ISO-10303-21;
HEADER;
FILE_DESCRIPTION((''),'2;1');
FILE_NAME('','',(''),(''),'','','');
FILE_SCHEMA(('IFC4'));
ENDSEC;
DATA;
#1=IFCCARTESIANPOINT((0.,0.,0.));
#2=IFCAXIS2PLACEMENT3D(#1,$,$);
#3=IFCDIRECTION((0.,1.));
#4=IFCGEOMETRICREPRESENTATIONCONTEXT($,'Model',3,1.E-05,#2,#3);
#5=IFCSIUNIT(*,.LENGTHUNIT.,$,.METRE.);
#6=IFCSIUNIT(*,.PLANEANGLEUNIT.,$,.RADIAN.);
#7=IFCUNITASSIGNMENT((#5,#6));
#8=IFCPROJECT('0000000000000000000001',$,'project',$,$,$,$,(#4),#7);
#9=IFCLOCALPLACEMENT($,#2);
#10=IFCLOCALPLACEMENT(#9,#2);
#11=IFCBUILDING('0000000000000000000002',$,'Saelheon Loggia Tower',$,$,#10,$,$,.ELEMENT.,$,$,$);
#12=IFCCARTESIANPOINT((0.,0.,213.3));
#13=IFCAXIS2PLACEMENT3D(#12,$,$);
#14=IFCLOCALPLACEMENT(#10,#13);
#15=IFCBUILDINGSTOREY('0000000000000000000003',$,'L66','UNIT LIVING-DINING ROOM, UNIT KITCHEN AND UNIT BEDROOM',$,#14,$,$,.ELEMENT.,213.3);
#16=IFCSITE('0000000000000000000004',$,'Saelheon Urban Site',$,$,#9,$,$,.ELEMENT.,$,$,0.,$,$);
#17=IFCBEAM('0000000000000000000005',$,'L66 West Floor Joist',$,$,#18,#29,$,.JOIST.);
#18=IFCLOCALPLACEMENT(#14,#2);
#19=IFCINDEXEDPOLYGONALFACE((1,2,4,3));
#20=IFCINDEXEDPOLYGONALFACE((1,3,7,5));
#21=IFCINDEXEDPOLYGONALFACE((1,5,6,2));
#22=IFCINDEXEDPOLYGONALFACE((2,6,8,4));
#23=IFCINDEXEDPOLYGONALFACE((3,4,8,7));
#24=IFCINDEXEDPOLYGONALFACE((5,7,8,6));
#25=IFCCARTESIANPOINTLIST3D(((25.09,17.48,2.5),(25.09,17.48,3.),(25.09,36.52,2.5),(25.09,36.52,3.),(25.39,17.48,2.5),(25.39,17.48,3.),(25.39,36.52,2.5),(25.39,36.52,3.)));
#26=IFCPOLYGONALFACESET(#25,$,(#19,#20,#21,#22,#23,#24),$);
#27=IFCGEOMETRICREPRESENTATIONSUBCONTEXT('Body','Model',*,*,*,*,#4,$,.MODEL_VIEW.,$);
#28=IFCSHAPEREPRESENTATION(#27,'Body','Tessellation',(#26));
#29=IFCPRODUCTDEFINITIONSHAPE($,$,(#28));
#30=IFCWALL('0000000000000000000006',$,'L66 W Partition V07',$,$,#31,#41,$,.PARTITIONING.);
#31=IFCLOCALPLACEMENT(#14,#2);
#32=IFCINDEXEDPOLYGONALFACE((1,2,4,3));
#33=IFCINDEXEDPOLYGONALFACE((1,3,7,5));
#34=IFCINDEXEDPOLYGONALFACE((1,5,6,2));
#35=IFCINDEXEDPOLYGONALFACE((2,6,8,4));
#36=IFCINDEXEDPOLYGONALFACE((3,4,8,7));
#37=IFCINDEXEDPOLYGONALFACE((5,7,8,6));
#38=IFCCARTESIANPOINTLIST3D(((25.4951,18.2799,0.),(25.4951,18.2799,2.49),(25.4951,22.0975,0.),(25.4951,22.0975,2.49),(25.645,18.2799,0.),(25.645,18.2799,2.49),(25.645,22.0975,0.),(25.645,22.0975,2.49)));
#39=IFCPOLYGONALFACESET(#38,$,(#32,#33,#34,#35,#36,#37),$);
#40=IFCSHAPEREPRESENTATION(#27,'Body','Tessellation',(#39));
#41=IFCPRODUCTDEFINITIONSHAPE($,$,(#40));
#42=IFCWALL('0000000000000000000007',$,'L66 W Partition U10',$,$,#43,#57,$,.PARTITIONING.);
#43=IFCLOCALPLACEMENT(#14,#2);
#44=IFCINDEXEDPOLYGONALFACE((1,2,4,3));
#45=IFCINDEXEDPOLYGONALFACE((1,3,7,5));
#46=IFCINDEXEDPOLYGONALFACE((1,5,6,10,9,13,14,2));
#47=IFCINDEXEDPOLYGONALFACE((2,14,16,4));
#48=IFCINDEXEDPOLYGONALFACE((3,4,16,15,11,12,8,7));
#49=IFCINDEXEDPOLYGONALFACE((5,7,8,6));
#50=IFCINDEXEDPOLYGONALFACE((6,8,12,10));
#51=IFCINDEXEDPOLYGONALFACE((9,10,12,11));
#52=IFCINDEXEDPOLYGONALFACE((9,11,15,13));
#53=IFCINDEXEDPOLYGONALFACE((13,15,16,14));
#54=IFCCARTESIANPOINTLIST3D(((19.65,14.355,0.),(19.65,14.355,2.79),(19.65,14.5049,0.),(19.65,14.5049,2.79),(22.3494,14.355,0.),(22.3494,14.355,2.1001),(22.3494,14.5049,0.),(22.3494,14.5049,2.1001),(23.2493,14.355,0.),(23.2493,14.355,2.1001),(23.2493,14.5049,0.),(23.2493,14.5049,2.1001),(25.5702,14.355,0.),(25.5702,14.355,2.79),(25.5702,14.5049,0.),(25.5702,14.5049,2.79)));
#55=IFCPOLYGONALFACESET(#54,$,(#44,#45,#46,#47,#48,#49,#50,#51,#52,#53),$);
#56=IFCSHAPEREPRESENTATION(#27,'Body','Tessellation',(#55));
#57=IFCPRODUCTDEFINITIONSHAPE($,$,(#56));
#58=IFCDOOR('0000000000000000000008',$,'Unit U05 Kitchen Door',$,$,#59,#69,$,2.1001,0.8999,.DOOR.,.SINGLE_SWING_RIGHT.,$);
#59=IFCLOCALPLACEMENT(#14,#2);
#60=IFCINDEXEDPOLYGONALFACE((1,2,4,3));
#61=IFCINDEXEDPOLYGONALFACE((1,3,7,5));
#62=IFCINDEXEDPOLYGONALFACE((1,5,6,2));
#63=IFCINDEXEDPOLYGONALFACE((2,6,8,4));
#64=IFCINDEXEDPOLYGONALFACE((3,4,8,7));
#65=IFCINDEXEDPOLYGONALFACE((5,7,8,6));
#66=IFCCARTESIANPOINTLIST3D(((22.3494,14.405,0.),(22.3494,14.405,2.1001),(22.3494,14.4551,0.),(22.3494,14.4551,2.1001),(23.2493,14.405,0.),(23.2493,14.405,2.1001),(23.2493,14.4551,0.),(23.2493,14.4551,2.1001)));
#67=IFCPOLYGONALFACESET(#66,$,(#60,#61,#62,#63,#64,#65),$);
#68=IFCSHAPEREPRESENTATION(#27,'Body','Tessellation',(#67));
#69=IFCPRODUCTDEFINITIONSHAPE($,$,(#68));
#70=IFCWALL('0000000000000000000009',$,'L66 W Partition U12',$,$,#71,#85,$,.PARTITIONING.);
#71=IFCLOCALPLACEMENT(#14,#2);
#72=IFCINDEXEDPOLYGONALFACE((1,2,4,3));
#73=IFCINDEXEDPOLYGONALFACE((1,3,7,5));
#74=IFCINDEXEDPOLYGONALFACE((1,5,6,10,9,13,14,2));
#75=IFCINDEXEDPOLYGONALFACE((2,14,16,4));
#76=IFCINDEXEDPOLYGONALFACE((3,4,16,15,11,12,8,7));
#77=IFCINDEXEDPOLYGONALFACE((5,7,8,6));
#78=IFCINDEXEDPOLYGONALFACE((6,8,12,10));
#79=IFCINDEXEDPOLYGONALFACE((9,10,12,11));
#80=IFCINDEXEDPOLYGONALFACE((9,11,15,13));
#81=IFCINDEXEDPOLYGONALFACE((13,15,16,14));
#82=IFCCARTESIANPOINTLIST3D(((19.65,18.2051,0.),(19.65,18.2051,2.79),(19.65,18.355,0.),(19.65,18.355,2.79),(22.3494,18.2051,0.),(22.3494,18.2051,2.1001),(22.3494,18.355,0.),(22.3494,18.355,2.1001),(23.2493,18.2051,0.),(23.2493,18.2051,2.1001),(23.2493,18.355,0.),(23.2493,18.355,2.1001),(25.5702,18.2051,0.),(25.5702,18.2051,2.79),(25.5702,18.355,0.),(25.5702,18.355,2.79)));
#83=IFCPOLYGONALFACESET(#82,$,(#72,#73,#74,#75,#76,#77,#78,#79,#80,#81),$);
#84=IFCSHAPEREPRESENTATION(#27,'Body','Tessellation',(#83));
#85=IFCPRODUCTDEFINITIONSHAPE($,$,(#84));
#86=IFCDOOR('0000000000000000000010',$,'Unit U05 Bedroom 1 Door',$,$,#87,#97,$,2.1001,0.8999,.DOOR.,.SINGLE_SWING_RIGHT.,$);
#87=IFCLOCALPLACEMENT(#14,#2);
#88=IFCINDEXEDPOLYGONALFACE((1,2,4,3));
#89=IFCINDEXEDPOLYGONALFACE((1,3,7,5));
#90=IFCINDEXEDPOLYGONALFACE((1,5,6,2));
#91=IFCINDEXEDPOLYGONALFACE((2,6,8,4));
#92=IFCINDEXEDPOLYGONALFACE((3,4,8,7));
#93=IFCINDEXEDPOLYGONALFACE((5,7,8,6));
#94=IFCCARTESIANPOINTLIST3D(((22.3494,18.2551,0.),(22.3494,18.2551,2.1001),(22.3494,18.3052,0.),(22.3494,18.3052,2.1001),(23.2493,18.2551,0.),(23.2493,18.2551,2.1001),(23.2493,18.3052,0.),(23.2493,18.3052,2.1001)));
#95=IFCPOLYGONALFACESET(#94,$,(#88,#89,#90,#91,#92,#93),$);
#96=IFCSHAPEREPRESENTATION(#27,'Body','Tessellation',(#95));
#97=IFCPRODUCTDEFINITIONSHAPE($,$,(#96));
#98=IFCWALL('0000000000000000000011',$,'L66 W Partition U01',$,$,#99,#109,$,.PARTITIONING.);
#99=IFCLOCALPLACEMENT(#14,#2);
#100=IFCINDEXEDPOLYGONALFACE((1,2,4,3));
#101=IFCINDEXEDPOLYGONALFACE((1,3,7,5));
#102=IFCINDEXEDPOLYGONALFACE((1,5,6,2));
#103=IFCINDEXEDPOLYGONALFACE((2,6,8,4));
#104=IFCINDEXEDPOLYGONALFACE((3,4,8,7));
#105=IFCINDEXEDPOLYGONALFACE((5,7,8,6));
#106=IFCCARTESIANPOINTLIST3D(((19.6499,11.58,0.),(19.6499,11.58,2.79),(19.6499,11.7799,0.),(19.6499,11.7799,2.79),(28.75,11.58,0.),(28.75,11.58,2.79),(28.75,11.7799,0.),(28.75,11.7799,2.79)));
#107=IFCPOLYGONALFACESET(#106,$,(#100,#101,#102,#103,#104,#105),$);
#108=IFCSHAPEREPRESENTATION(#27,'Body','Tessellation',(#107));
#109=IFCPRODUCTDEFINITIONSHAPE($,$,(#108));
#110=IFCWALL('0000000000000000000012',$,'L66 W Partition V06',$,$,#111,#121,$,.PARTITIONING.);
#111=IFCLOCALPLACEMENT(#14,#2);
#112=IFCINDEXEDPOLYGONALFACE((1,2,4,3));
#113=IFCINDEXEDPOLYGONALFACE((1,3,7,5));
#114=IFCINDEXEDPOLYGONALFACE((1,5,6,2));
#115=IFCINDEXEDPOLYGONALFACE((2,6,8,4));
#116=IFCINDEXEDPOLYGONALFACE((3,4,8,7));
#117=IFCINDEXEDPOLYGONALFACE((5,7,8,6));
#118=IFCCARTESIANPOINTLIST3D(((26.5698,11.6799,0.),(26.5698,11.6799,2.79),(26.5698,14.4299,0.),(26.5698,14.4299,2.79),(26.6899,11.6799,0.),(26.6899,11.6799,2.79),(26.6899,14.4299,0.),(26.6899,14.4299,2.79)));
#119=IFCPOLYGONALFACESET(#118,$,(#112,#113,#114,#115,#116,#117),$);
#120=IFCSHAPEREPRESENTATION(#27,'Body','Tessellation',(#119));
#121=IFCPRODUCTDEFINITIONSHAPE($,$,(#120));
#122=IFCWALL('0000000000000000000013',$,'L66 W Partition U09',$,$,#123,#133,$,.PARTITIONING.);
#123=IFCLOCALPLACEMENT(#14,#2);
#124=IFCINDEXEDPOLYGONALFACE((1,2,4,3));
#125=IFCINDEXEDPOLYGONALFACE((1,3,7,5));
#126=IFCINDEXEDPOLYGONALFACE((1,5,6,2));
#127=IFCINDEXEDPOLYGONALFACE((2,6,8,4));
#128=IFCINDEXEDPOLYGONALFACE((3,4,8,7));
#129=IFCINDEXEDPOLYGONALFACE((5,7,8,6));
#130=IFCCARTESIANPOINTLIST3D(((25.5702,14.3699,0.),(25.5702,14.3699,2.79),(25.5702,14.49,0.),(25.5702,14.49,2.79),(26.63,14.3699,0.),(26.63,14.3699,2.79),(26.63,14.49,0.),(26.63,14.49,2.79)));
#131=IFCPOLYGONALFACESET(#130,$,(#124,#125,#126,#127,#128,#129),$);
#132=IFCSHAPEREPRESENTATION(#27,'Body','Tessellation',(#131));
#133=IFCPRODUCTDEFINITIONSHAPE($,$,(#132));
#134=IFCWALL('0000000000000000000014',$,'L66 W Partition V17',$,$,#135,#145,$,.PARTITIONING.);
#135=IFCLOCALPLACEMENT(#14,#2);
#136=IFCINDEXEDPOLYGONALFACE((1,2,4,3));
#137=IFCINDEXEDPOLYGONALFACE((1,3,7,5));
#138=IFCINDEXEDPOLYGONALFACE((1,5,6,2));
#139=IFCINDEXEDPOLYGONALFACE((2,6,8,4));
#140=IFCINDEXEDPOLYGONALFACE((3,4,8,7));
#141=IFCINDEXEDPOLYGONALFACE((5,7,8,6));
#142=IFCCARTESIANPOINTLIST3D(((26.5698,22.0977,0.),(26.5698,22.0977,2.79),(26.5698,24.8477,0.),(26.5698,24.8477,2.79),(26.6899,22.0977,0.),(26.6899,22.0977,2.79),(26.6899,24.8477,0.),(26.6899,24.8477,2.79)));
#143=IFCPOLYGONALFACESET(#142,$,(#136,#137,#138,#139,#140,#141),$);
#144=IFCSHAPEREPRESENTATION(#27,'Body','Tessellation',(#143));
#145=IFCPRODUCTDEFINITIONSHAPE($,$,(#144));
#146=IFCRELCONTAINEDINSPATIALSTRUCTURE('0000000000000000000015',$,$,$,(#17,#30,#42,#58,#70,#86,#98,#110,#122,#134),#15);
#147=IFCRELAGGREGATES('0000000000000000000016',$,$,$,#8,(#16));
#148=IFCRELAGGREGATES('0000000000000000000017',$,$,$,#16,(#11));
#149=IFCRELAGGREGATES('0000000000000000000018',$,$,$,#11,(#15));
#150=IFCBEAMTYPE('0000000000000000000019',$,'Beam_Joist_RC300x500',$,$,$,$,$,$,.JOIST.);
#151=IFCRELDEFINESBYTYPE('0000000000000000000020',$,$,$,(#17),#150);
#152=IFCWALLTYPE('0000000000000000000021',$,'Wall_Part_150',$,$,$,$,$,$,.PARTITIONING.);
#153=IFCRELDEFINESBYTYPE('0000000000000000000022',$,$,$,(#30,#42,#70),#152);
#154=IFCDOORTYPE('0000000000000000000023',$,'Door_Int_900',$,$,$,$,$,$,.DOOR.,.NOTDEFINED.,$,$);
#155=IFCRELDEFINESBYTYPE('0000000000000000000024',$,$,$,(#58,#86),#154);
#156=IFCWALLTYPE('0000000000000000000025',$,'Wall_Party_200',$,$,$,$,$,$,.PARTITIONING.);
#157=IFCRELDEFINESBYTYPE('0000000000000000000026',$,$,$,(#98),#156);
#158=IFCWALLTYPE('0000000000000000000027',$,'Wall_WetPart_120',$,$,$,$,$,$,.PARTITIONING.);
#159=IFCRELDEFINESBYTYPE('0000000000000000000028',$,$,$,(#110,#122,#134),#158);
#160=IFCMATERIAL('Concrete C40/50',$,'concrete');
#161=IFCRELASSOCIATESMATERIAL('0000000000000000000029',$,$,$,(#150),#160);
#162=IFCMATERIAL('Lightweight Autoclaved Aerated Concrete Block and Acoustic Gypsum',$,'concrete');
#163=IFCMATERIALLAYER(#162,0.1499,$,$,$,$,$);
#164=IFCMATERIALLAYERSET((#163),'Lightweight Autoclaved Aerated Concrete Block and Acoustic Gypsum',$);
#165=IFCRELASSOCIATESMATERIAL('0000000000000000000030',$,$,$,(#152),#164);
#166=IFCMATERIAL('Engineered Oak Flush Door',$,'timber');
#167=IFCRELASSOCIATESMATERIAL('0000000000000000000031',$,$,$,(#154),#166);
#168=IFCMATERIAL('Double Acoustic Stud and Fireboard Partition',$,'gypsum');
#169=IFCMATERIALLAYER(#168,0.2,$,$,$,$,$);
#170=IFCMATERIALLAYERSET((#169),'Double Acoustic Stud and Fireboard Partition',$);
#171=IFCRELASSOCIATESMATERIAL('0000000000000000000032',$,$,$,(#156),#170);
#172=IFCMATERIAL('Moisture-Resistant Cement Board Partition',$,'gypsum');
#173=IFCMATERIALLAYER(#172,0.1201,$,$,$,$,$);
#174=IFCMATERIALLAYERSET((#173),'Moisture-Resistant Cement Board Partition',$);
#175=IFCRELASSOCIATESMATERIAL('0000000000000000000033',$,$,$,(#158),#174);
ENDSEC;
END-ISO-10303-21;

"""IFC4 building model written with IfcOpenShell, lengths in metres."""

from ifc_helpers import new_model, si_unit, direction, frame, frame_2d, origin, origin_2d, place, context, subcontext, project, spatial, rectangle, extrude, source, transform, mapped, material, layer, layer_set, material_profile, profile_set, type_object, element, fill, save


model = new_model("IFC4")

# Units and contexts
model_context = context("Model", 3, precision=1e-05, world=origin(), true_north=direction((0.0, 1.0)))
body_context = subcontext(model_context, "Body", "Model", "MODEL_VIEW")
ifc_project = project(units=[si_unit("LENGTHUNIT", "METRE"), si_unit("PLANEANGLEUNIT", "RADIAN")], contexts=[model_context])

# Site, building, storey
site_placement = place(None, origin())
site = spatial("IfcSite", under=ifc_project, at=site_placement, Name="Saelheon Urban Site", CompositionType="ELEMENT", RefElevation=0.0)
building_placement = place(site_placement, origin())
building = spatial("IfcBuilding", under=site, at=building_placement, Name="Saelheon Loggia Tower", CompositionType="ELEMENT")
storey_placement = place(building_placement, frame((0.0, 0.0, 213.3)))
storey = spatial("IfcBuildingStorey", under=building, at=storey_placement, Name="L66", Description="UNIT LIVING-DINING ROOM, UNIT KITCHEN AND UNIT BEDROOM", CompositionType="ELEMENT", Elevation=213.3)

# Beam
ifc_material_1 = material(Name="Concrete C40/50", Category="concrete")
ifc_material_profile = material_profile(ifc_material_1, rectangle(XDim=0.3, YDim=0.5, at=origin_2d()), Name="RC-300x500")
ifc_profile_set = profile_set([ifc_material_profile], Name="Concrete C40/50")
beam_type = type_object("IfcBeamType", Name="Beam_Joist_RC300x500", PredefinedType="JOIST", material=ifc_profile_set)
shared_shape_1 = source(origin(), body_context, "Body", "SweptSolid", [
    extrude(rectangle(XDim=0.3, YDim=0.5, at=origin_2d()), origin(), (0.0, 0.0, 1.0), 19.04),
])
beam_placement = place(storey_placement, frame((25.24, 17.48, 2.75), z_axis=(0.0, 1.0, 0.0), x_axis=(-1.0, 0.0, 0.0)))
element("IfcBeam", 1, at=beam_placement, inside=storey, type_object=beam_type, Name="L66 West Floor Joist", PredefinedType="JOIST", context=body_context, shape_type="MappedRepresentation", body=[
    mapped(shared_shape_1, transform((0.0, 0.0, 0.0), scale=1.0)),
])

# Wall
ifc_material_2 = material(Name="Lightweight Autoclaved Aerated Concrete Block and Acoustic Gypsum", Category="concrete")
ifc_layer_1 = layer(ifc_material_2, 0.1499)
ifc_layer_set_1 = layer_set([ifc_layer_1], Name="Lightweight Autoclaved Aerated Concrete Block and Acoustic Gypsum")
wall_type_1 = type_object("IfcWallType", Name="Wall_Part_150", PredefinedType="PARTITIONING", material=ifc_layer_set_1)
wall_1_placement = place(storey_placement, frame((25.5701, 18.28, 0.0), z_axis=(0.0, 0.0, 1.0), x_axis=(0.0, 1.0, 0.0)))
element("IfcWall", 2, at=wall_1_placement, inside=storey, type_object=wall_type_1, Name="L66 W Partition V07", PredefinedType="PARTITIONING", context=body_context, shape_type="SweptSolid", body=[
    extrude(rectangle(XDim=3.8176, YDim=0.1499, at=frame_2d((1.9087, 0.0))), origin(), (0.0, 0.0, 1.0), 2.49),
])

# Walls, openings, doors
wall_2_placement = place(storey_placement, frame((25.5701, 14.4299, 0.0), z_axis=(0.0, 0.0, 1.0), x_axis=(-1.0, 0.0, 0.0)))
wall_2 = element("IfcWall", 3, at=wall_2_placement, inside=storey, type_object=wall_type_1, Name="L66 W Partition U10", PredefinedType="PARTITIONING", context=body_context, shape_type="SweptSolid", body=[
    extrude(rectangle(XDim=5.9202, YDim=0.1499, at=frame_2d((2.96, 0.0))), origin(), (0.0, 0.0, 1.0), 2.79),
])
opening_1_placement = place(wall_2_placement, frame((2.3208, 0.0, 0.0)))
opening_1 = element("IfcOpeningElement", 4, at=opening_1_placement, cuts=wall_2, PredefinedType="OPENING", context=body_context, shape_type="SweptSolid", body=[
    extrude(rectangle(XDim=0.8999, YDim=2.1001, at=frame_2d((0.45, 1.05))), frame((0.0, 0.0869, 0.0), z_axis=(0.0, -1.0, 0.0), x_axis=(1.0, 0.0, 0.0)), (0.0, 0.0, 1.0), 0.1738),
])
ifc_material_3 = material(Name="Engineered Oak Flush Door", Category="timber")
door_type = type_object("IfcDoorType", Name="Door_Int_900", OperationType="NOTDEFINED", PredefinedType="DOOR", material=ifc_material_3)
shared_shape_2 = source(origin(), body_context, "Body", "SweptSolid", [
    extrude(rectangle(XDim=0.8999, YDim=2.1001, at=frame_2d((0.45, 1.05))), frame((0.0, 0.0249, 0.0), z_axis=(0.0, -1.0, 0.0), x_axis=(1.0, 0.0, 0.0)), (0.0, 0.0, 1.0), 0.05),
])
door_1_placement = place(opening_1_placement, origin())
door_1 = element("IfcDoor", 5, at=door_1_placement, inside=storey, type_object=door_type, Name="Unit U05 Kitchen Door", OperationType="SINGLE_SWING_RIGHT", OverallHeight=2.1001, OverallWidth=0.8999, PredefinedType="DOOR", context=body_context, shape_type="MappedRepresentation", body=[
    mapped(shared_shape_2, transform((0.0, 0.0, 0.0), scale=1.0)),
])
fill(opening_1, door_1)
wall_3_placement = place(storey_placement, frame((25.5701, 18.28, 0.0), z_axis=(0.0, 0.0, 1.0), x_axis=(-1.0, 0.0, 0.0)))
wall_3 = element("IfcWall", 6, at=wall_3_placement, inside=storey, type_object=wall_type_1, Name="L66 W Partition U12", PredefinedType="PARTITIONING", context=body_context, shape_type="SweptSolid", body=[
    extrude(rectangle(XDim=5.9202, YDim=0.1499, at=frame_2d((2.96, 0.0))), origin(), (0.0, 0.0, 1.0), 2.79),
])
opening_2_placement = place(wall_3_placement, frame((2.3208, 0.0, 0.0)))
opening_2 = element("IfcOpeningElement", 7, at=opening_2_placement, cuts=wall_3, PredefinedType="OPENING", context=body_context, shape_type="SweptSolid", body=[
    extrude(rectangle(XDim=0.8999, YDim=2.1001, at=frame_2d((0.45, 1.05))), frame((0.0, 0.0869, 0.0), z_axis=(0.0, -1.0, 0.0), x_axis=(1.0, 0.0, 0.0)), (0.0, 0.0, 1.0), 0.1738),
])
door_2_placement = place(opening_2_placement, origin())
door_2 = element("IfcDoor", 8, at=door_2_placement, inside=storey, type_object=door_type, Name="Unit U05 Bedroom 1 Door", OperationType="SINGLE_SWING_RIGHT", OverallHeight=2.1001, OverallWidth=0.8999, PredefinedType="DOOR", context=body_context, shape_type="MappedRepresentation", body=[
    mapped(shared_shape_2, transform((0.0, 0.0, 0.0), scale=1.0)),
])
fill(opening_2, door_2)

# Walls
ifc_material_4 = material(Name="Double Acoustic Stud and Fireboard Partition", Category="gypsum")
ifc_layer_2 = layer(ifc_material_4, 0.2)
ifc_layer_set_2 = layer_set([ifc_layer_2], Name="Double Acoustic Stud and Fireboard Partition")
wall_type_2 = type_object("IfcWallType", Name="Wall_Party_200", PredefinedType="PARTITIONING", material=ifc_layer_set_2)
wall_4_placement = place(storey_placement, frame((28.75, 11.6799, 0.0), z_axis=(0.0, 0.0, 1.0), x_axis=(-1.0, 0.0, 0.0)))
element("IfcWall", 9, at=wall_4_placement, inside=storey, type_object=wall_type_2, Name="L66 W Partition U01", PredefinedType="PARTITIONING", context=body_context, shape_type="SweptSolid", body=[
    extrude(rectangle(XDim=9.1001, YDim=0.2, at=frame_2d((4.55, 0.0))), origin(), (0.0, 0.0, 1.0), 2.79),
])
ifc_material_5 = material(Name="Moisture-Resistant Cement Board Partition", Category="gypsum")
ifc_layer_3 = layer(ifc_material_5, 0.1201)
ifc_layer_set_3 = layer_set([ifc_layer_3], Name="Moisture-Resistant Cement Board Partition")
wall_type_3 = type_object("IfcWallType", Name="Wall_WetPart_120", PredefinedType="PARTITIONING", material=ifc_layer_set_3)
wall_5_placement = place(storey_placement, frame((26.6299, 11.6799, 0.0), z_axis=(0.0, 0.0, 1.0), x_axis=(0.0, 1.0, 0.0)))
element("IfcWall", 10, at=wall_5_placement, inside=storey, type_object=wall_type_3, Name="L66 W Partition V06", PredefinedType="PARTITIONING", context=body_context, shape_type="SweptSolid", body=[
    extrude(rectangle(XDim=2.75, YDim=0.1201, at=frame_2d((1.375, 0.0))), origin(), (0.0, 0.0, 1.0), 2.79),
])
wall_6_placement = place(storey_placement, frame((26.6299, 14.4299, 0.0), z_axis=(0.0, 0.0, 1.0), x_axis=(-1.0, 0.0, 0.0)))
element("IfcWall", 11, at=wall_6_placement, inside=storey, type_object=wall_type_3, Name="L66 W Partition U09", PredefinedType="PARTITIONING", context=body_context, shape_type="SweptSolid", body=[
    extrude(rectangle(XDim=1.0598, YDim=0.1201, at=frame_2d((0.5298, 0.0))), origin(), (0.0, 0.0, 1.0), 2.79),
])
wall_7_placement = place(storey_placement, frame((26.6299, 22.0977, 0.0), z_axis=(0.0, 0.0, 1.0), x_axis=(0.0, 1.0, 0.0)))
element("IfcWall", 12, at=wall_7_placement, inside=storey, type_object=wall_type_3, Name="L66 W Partition V17", PredefinedType="PARTITIONING", context=body_context, shape_type="SweptSolid", body=[
    extrude(rectangle(XDim=2.75, YDim=0.1201, at=frame_2d((1.375, 0.0))), origin(), (0.0, 0.0, 1.0), 2.79),
])

save(model, "model.ifc")
